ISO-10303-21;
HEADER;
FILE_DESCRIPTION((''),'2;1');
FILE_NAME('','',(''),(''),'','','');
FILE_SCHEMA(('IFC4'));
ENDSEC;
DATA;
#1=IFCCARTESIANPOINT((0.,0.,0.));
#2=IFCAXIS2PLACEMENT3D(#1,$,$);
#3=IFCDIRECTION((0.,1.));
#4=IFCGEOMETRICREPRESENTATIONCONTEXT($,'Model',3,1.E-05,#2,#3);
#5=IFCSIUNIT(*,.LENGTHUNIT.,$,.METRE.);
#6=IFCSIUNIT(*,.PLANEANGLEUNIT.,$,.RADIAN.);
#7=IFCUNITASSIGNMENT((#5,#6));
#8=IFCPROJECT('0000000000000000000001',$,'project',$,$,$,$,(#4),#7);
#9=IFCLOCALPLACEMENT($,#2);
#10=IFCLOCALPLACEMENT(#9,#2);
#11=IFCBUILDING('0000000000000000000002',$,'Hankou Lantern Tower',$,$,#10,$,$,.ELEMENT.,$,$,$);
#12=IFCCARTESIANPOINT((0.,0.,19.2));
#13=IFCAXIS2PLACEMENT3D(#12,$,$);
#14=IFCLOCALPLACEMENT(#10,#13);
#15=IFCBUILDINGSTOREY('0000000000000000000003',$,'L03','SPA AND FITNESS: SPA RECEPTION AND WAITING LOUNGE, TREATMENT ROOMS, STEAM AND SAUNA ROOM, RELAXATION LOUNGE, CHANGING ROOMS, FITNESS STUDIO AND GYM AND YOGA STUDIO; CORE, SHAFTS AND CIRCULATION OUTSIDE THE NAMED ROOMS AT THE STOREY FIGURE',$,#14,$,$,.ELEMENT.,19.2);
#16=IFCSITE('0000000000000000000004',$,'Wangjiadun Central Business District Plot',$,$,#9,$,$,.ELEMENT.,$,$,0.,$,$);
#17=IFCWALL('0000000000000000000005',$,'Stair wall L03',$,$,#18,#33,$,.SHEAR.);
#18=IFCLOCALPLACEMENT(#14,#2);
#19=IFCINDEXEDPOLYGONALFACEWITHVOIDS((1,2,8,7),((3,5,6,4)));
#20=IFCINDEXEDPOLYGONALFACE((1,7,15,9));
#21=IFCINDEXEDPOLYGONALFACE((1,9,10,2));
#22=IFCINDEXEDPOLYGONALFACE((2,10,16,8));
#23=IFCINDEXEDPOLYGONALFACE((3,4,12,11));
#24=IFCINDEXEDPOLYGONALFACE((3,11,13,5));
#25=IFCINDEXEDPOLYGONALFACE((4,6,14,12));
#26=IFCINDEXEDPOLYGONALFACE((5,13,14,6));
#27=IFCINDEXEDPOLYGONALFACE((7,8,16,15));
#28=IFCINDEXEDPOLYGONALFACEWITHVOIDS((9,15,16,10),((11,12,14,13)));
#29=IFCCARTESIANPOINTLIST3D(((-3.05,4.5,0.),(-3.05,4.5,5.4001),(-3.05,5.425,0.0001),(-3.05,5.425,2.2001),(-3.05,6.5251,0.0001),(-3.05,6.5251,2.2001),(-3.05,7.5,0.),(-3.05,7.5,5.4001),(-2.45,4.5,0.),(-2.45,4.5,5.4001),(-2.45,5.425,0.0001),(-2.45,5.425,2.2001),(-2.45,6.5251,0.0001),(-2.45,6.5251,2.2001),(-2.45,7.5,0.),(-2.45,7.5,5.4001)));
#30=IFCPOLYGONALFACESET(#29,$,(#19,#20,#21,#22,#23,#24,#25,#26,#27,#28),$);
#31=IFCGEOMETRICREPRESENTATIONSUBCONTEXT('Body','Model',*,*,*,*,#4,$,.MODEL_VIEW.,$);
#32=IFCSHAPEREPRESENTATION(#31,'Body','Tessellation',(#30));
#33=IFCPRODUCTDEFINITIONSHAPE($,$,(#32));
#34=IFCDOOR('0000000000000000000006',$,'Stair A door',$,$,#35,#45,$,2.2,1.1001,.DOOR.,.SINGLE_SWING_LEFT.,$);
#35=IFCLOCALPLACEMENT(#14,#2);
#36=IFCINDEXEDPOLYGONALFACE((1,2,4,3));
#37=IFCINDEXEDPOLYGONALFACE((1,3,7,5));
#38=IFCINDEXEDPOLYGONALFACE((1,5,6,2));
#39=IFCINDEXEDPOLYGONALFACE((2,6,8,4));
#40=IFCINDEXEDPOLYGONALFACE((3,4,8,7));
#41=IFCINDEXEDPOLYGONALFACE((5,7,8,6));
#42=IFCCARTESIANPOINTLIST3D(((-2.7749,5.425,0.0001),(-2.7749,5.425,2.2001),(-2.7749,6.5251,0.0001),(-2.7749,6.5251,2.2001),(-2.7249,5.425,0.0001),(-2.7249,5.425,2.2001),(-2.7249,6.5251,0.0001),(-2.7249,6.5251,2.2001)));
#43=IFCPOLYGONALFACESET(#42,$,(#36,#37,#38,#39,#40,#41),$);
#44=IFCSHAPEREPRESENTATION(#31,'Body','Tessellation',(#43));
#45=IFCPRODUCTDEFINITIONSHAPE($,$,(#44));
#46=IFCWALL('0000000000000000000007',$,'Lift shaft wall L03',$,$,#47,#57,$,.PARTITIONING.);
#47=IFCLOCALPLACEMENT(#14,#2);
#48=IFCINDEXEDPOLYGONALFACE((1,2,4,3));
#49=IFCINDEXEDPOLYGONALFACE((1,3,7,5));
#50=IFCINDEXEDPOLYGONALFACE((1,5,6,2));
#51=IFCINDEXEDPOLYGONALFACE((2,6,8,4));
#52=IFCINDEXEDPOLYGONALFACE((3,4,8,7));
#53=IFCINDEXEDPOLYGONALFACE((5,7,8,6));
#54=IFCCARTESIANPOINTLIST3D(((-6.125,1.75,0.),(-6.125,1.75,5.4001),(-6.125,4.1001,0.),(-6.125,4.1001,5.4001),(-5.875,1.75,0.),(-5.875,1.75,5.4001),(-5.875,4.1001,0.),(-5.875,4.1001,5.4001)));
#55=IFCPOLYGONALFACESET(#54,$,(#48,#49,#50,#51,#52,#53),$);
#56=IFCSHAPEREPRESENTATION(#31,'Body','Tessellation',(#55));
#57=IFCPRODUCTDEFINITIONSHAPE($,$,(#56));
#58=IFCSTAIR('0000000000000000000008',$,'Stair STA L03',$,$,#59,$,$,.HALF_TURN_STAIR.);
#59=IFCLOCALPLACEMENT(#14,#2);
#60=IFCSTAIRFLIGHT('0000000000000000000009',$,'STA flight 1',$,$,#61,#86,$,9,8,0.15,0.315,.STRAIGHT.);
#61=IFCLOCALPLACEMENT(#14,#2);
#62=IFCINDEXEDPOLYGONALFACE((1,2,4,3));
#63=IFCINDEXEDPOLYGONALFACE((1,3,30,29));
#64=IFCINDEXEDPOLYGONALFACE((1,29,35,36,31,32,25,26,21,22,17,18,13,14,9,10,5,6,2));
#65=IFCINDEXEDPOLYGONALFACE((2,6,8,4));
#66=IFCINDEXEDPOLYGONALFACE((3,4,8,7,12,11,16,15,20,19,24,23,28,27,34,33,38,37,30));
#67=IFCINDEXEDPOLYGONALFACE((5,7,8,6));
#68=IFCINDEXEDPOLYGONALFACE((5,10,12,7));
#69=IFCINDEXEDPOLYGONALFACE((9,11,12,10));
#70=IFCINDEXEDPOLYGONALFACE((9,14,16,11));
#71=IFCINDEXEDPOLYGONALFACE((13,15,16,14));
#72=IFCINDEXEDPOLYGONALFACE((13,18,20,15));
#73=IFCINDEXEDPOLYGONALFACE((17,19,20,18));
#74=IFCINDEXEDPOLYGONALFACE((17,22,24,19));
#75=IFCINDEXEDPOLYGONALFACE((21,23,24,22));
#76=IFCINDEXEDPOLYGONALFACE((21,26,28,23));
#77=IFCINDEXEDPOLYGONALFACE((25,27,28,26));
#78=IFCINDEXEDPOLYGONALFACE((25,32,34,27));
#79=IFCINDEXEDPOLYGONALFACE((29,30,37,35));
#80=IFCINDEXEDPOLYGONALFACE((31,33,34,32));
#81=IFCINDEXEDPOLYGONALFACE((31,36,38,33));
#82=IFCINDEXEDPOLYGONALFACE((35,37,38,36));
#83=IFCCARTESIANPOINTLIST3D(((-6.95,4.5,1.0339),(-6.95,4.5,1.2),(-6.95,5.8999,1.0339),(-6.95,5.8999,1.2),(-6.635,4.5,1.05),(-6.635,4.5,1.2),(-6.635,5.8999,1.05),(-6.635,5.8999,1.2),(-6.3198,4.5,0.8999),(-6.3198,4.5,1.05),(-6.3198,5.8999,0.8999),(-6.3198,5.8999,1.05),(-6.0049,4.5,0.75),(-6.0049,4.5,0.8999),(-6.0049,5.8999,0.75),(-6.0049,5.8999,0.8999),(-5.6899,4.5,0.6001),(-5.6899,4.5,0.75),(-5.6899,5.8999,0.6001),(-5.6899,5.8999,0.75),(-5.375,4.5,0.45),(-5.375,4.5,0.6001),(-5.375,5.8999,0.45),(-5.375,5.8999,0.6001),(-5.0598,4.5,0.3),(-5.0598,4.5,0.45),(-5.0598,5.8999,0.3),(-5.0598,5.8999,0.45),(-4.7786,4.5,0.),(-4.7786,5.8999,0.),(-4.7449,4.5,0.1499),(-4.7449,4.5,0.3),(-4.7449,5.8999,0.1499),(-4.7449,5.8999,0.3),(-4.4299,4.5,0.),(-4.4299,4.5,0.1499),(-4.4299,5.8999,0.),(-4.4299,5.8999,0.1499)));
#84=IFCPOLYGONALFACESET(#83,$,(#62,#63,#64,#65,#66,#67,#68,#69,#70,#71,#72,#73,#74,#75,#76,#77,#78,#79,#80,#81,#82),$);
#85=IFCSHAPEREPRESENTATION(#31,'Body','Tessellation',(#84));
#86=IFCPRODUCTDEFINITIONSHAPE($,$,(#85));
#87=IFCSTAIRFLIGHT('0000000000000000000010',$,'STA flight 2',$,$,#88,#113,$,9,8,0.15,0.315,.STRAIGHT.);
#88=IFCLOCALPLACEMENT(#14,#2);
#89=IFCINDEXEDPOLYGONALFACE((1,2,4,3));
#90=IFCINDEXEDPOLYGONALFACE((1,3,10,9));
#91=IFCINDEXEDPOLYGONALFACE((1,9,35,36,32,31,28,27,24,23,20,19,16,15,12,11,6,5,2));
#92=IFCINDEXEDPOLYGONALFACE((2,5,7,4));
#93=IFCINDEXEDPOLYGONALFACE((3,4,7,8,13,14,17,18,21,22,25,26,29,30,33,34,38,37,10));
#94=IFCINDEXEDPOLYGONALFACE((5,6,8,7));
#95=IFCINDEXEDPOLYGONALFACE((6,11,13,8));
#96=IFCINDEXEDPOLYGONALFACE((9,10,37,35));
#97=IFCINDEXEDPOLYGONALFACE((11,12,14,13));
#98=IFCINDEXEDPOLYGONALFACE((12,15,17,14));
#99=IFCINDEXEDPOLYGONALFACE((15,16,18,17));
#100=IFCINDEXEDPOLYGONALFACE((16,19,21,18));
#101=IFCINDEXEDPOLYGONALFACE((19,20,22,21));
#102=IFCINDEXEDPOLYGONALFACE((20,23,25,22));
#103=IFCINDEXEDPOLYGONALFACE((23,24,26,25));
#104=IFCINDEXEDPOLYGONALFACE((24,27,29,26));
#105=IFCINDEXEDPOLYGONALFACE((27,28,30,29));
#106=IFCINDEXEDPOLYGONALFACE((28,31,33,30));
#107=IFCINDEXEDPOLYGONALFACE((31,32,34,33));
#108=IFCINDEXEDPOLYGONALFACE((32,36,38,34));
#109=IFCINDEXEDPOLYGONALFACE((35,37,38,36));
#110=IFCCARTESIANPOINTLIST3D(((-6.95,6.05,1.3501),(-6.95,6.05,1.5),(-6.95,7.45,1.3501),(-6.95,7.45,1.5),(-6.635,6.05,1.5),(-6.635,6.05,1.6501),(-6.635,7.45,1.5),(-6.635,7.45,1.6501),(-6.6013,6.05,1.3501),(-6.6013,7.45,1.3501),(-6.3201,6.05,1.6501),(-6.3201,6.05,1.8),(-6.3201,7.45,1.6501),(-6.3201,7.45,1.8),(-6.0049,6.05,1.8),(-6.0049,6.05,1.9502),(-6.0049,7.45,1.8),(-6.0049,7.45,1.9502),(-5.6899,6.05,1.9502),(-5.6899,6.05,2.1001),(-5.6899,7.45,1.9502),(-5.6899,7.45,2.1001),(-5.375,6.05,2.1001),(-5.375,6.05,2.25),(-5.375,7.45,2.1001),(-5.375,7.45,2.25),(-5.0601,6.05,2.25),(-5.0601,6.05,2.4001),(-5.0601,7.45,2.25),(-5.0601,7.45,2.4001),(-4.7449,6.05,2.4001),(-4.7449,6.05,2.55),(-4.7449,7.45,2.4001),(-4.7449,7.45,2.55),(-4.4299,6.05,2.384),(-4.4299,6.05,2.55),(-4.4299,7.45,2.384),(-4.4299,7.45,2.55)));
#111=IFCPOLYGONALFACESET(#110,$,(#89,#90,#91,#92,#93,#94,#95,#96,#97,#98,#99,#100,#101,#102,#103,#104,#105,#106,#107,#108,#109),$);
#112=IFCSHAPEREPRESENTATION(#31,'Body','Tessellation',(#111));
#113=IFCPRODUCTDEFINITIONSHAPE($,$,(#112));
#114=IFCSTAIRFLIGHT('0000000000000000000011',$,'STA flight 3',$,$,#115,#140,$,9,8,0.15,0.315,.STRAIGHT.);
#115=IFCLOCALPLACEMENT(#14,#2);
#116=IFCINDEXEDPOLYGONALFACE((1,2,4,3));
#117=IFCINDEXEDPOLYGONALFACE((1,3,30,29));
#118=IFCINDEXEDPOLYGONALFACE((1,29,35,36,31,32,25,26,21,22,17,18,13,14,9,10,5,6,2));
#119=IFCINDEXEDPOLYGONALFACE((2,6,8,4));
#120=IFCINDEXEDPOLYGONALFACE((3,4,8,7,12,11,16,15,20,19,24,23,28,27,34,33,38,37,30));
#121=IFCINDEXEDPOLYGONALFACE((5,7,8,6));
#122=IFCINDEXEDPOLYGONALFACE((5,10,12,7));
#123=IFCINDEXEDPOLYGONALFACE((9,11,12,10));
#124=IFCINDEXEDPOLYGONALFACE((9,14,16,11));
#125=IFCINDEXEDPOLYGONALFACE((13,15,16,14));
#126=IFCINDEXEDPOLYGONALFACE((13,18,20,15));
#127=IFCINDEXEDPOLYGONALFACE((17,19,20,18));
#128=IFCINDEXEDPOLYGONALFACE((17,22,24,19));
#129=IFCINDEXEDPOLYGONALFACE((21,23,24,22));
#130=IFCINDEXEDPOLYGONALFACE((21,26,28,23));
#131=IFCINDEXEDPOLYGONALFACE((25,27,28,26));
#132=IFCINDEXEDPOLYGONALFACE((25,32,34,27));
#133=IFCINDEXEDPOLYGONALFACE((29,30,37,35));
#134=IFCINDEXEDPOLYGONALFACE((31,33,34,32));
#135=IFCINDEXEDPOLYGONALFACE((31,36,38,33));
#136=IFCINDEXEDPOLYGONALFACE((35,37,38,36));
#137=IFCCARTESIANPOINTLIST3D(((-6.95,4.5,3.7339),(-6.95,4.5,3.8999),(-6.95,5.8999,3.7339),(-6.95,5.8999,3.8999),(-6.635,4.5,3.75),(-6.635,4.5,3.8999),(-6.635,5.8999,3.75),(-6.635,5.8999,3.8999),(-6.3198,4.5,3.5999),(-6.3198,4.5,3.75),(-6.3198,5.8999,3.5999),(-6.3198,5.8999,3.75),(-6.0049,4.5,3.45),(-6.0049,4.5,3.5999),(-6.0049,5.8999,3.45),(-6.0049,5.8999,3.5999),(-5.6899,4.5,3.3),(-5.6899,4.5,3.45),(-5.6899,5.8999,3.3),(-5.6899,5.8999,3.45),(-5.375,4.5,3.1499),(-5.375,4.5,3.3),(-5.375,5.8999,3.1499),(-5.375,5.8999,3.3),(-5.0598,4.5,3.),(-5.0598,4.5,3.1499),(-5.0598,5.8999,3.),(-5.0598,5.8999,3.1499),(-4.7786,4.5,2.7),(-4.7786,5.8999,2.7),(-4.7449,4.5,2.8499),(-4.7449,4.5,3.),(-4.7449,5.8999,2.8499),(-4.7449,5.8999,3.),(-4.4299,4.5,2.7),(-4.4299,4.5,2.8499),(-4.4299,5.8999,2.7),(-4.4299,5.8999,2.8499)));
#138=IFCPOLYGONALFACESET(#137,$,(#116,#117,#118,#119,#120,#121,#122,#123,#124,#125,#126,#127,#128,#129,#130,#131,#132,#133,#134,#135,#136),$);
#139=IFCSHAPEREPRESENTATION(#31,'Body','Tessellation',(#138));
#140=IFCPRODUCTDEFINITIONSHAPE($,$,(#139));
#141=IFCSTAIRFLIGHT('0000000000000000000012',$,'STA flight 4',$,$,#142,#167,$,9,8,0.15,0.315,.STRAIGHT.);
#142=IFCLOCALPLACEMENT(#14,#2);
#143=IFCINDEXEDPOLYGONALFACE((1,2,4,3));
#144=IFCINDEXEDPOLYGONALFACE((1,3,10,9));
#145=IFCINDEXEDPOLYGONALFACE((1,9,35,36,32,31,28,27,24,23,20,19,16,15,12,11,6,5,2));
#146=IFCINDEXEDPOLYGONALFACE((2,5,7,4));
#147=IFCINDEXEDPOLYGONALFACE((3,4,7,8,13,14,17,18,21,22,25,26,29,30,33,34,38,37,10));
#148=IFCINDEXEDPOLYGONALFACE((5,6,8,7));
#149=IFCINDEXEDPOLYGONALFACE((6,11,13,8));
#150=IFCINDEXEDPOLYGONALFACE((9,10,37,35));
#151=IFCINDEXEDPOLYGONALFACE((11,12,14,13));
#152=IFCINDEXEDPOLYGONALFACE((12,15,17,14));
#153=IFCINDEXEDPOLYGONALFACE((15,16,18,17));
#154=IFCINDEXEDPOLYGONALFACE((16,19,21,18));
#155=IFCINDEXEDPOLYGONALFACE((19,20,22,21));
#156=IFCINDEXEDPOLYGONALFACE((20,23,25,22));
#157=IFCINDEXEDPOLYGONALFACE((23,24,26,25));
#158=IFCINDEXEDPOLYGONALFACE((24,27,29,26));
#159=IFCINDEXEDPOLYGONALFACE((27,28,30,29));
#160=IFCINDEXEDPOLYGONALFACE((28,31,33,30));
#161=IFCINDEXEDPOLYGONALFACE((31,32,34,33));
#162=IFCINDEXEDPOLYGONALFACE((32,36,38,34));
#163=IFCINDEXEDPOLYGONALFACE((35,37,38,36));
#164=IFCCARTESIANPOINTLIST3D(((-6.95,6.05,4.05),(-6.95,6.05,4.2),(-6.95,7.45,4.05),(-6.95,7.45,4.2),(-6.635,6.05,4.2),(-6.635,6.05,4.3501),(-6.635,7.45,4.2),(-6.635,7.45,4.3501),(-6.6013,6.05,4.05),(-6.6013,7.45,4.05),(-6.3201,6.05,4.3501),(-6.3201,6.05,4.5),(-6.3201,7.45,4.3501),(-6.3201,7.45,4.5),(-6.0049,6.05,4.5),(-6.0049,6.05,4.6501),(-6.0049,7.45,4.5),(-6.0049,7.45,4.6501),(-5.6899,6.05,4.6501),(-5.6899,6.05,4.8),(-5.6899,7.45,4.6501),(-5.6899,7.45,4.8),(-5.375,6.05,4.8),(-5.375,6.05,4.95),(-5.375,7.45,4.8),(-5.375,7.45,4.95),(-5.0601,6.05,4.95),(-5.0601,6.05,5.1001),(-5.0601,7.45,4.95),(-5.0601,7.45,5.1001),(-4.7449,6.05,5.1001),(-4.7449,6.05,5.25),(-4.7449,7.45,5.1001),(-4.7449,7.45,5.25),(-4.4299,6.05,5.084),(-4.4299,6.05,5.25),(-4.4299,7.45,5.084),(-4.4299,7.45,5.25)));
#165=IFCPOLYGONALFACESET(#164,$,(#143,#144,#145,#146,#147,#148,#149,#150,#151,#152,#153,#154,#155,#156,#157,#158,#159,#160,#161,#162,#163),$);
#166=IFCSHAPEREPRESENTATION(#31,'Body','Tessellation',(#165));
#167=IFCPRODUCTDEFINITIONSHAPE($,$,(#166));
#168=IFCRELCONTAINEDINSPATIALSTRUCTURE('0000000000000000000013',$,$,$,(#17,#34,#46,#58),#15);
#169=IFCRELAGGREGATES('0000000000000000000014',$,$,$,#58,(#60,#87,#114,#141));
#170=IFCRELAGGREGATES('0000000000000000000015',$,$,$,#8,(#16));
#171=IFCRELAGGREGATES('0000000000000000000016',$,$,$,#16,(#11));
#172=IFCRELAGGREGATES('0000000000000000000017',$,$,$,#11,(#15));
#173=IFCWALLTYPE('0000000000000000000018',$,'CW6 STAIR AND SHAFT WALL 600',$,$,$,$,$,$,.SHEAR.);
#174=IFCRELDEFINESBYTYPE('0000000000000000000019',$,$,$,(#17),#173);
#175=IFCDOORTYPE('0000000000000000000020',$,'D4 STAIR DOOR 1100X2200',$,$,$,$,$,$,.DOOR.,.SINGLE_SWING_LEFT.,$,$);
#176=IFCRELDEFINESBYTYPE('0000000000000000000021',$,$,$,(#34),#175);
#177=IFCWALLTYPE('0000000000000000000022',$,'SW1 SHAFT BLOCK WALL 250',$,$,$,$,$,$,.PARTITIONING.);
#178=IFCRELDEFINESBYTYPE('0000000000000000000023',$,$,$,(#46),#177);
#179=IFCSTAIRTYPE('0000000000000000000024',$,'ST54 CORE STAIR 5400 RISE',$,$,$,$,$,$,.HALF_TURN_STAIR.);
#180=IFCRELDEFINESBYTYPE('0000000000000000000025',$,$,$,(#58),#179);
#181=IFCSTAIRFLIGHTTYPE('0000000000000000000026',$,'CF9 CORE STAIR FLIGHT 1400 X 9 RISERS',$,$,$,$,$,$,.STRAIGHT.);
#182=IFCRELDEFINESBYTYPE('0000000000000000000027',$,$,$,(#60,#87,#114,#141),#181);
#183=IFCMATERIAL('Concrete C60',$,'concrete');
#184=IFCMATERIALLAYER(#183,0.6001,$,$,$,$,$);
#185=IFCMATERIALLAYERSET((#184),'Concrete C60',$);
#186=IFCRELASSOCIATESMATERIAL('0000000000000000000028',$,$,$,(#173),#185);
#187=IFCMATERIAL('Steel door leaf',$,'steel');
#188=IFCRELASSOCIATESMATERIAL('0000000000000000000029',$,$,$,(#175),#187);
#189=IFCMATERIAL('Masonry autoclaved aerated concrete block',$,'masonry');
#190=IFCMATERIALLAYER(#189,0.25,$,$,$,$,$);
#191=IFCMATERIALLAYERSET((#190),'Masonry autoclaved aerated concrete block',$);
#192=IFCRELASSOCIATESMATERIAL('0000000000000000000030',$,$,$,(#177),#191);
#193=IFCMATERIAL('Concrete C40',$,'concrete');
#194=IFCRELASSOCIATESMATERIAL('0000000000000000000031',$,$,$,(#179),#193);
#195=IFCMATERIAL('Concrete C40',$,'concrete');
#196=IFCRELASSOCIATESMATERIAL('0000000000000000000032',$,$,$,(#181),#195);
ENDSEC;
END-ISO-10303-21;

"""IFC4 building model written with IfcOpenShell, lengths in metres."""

from ifc_helpers import new_model, si_unit, direction, frame, frame_2d, origin, place, context, subcontext, project, spatial, polyline, rectangle, outline, extrude, material, layer, layer_set, type_object, element, fill, aggregate, save


model = new_model("IFC4")

# Units and contexts
model_context = context("Model", 3, precision=1e-05, world=origin(), true_north=direction((0.0, 1.0)))
body_context = subcontext(model_context, "Body", "Model", "MODEL_VIEW")
ifc_project = project(units=[si_unit("LENGTHUNIT", "METRE"), si_unit("PLANEANGLEUNIT", "RADIAN")], contexts=[model_context])

# Site, building, storey
site_placement = place(None, origin())
site = spatial("IfcSite", under=ifc_project, at=site_placement, Name="Wangjiadun Central Business District Plot", CompositionType="ELEMENT", RefElevation=0.0)
building_placement = place(site_placement, origin())
building = spatial("IfcBuilding", under=site, at=building_placement, Name="Hankou Lantern Tower", CompositionType="ELEMENT")
storey_placement = place(building_placement, frame((0.0, 0.0, 19.2)))
storey = spatial("IfcBuildingStorey", under=building, at=storey_placement, Name="L03", Description="SPA AND FITNESS: SPA RECEPTION AND WAITING LOUNGE, TREATMENT ROOMS, STEAM AND SAUNA ROOM, RELAXATION LOUNGE, CHANGING ROOMS, FITNESS STUDIO AND GYM AND YOGA STUDIO; CORE, SHAFTS AND CIRCULATION OUTSIDE THE NAMED ROOMS AT THE STOREY FIGURE", CompositionType="ELEMENT", Elevation=19.2)

# Wall, opening, door
ifc_material_1 = material(Name="Concrete C60", Category="concrete")
ifc_layer_1 = layer(ifc_material_1, 0.6001)
ifc_layer_set_1 = layer_set([ifc_layer_1], Name="Concrete C60")
wall_type_1 = type_object("IfcWallType", Name="CW6 STAIR AND SHAFT WALL 600", PredefinedType="SHEAR", material=ifc_layer_set_1)
wall_1_placement = place(storey_placement, frame((-2.75, 4.5, 0.0), z_axis=(0.0, 0.0, 1.0), x_axis=(0.0, 1.0, 0.0)))
wall_1 = element("IfcWall", 1, at=wall_1_placement, inside=storey, type_object=wall_type_1, Name="Stair wall L03", PredefinedType="SHEAR", context=body_context, shape_type="SweptSolid", body=[
    extrude(rectangle(XDim=3.0, YDim=0.6001, at=frame_2d((1.5, 0.0))), origin(), (0.0, 0.0, 1.0), 5.4001),
])
opening_1_placement = place(wall_1_placement, frame((0.925, 0.0, 0.0)))
opening_1 = element("IfcOpeningElement", 2, at=opening_1_placement, cuts=wall_1, PredefinedType="OPENING", context=body_context, shape_type="SweptSolid", body=[
    extrude(rectangle(XDim=1.1001, YDim=2.2, at=frame_2d((0.55, 1.1001))), frame((0.0, 0.3101, 0.0), z_axis=(0.0, -1.0, 0.0), x_axis=(1.0, 0.0, 0.0)), (0.0, 0.0, 1.0), 0.6201),
])
ifc_material_2 = material(Name="Steel door leaf", Category="steel")
door_type_1 = type_object("IfcDoorType", Name="D4 STAIR DOOR 1100X2200", OperationType="SINGLE_SWING_LEFT", PredefinedType="DOOR", material=ifc_material_2)
door_1_placement = place(opening_1_placement, origin())
door_1 = element("IfcDoor", 3, at=door_1_placement, inside=storey, type_object=door_type_1, Name="Stair A door", OperationType="SINGLE_SWING_LEFT", OverallHeight=2.2, OverallWidth=1.1001, PredefinedType="DOOR", context=body_context, shape_type="SweptSolid", body=[
    extrude(rectangle(XDim=1.1001, YDim=2.2, at=frame_2d((0.55, 1.1001))), frame((0.0, 0.0249, 0.0), z_axis=(0.0, -1.0, 0.0), x_axis=(1.0, 0.0, 0.0)), (0.0, 0.0, 1.0), 0.05),
])
fill(opening_1, door_1)

# Wall
ifc_material_3 = material(Name="Masonry autoclaved aerated concrete block", Category="masonry")
ifc_layer_2 = layer(ifc_material_3, 0.25)
ifc_layer_set_2 = layer_set([ifc_layer_2], Name="Masonry autoclaved aerated concrete block")
wall_type_2 = type_object("IfcWallType", Name="SW1 SHAFT BLOCK WALL 250", PredefinedType="PARTITIONING", material=ifc_layer_set_2)
wall_2_placement = place(storey_placement, frame((-6.0, 1.75, 0.0), z_axis=(0.0, 0.0, 1.0), x_axis=(0.0, 1.0, 0.0)))
element("IfcWall", 4, at=wall_2_placement, inside=storey, type_object=wall_type_2, Name="Lift shaft wall L03", PredefinedType="PARTITIONING", context=body_context, shape_type="SweptSolid", body=[
    extrude(rectangle(XDim=2.3501, YDim=0.25, at=frame_2d((1.175, 0.0))), origin(), (0.0, 0.0, 1.0), 5.4001),
])

# Stair, stair flights
ifc_material_4 = material(Name="Concrete C40", Category="concrete")
stair_type = type_object("IfcStairType", Name="ST54 CORE STAIR 5400 RISE", PredefinedType="HALF_TURN_STAIR", material=ifc_material_4)
stair_placement = place(storey_placement, origin())
stair = element("IfcStair", 5, at=stair_placement, inside=storey, type_object=stair_type, Name="Stair STA L03", PredefinedType="HALF_TURN_STAIR")
ifc_material_5 = material(Name="Concrete C40", Category="concrete")
stair_flight_type = type_object("IfcStairFlightType", Name="CF9 CORE STAIR FLIGHT 1400 X 9 RISERS", PredefinedType="STRAIGHT", material=ifc_material_5)
stair_flight_1_placement = place(storey_placement, frame((-4.4299, 5.2, 0.0), z_axis=(0.0, 0.0, 1.0), x_axis=(-1.0, 0.0, 0.0)))
stair_flight_1 = element("IfcStairFlight", 6, at=stair_flight_1_placement, type_object=stair_flight_type, Name="STA flight 1", NumberOfRisers=9, NumberOfTreads=8, PredefinedType="STRAIGHT", RiserHeight=0.15, TreadLength=0.315, context=body_context, shape_type="SweptSolid", body=[
    extrude(outline(polyline([(0.0, 0.0), (0.0, 0.1499), (0.3149, 0.1499), (0.3149, 0.3), (0.6299, 0.3), (0.6299, 0.45), (0.9451, 0.45), (0.9451, 0.6001), (1.26, 0.6001), (1.26, 0.75), (1.575, 0.75), (1.575, 0.8999), (1.8899, 0.8999), (1.8899, 1.05), (2.2051, 1.05), (2.2051, 1.2), (2.52, 1.2), (2.52, 1.3501), (2.52, 1.0339), (0.3486, 0.0), (0.0, 0.0)])), frame((0.0, 0.7, 0.0), z_axis=(0.0, -1.0, 0.0), x_axis=(1.0, 0.0, 0.0)), (0.0, 0.0, 1.0), 1.3999),
])
stair_flight_2_placement = place(storey_placement, frame((-6.95, 6.75, 1.3501), z_axis=(0.0, 0.0, 1.0), x_axis=(1.0, 0.0, 0.0)))
stair_flight_2 = element("IfcStairFlight", 7, at=stair_flight_2_placement, type_object=stair_flight_type, Name="STA flight 2", NumberOfRisers=9, NumberOfTreads=8, PredefinedType="STRAIGHT", RiserHeight=0.15, TreadLength=0.315, context=body_context, shape_type="SweptSolid", body=[
    extrude(outline(polyline([(0.0, 0.0), (0.0, 0.1499), (0.3149, 0.1499), (0.3149, 0.3), (0.6299, 0.3), (0.6299, 0.45), (0.9451, 0.45), (0.9451, 0.6001), (1.26, 0.6001), (1.26, 0.75), (1.575, 0.75), (1.575, 0.8999), (1.8899, 0.8999), (1.8899, 1.05), (2.2051, 1.05), (2.2051, 1.2), (2.52, 1.2), (2.52, 1.3501), (2.52, 1.0339), (0.3486, 0.0), (0.0, 0.0)])), frame((0.0, 0.7, 0.0), z_axis=(0.0, -1.0, 0.0), x_axis=(1.0, 0.0, 0.0)), (0.0, 0.0, 1.0), 1.3999),
])
stair_flight_3_placement = place(storey_placement, frame((-4.4299, 5.2, 2.7), z_axis=(0.0, 0.0, 1.0), x_axis=(-1.0, 0.0, 0.0)))
stair_flight_3 = element("IfcStairFlight", 8, at=stair_flight_3_placement, type_object=stair_flight_type, Name="STA flight 3", NumberOfRisers=9, NumberOfTreads=8, PredefinedType="STRAIGHT", RiserHeight=0.15, TreadLength=0.315, context=body_context, shape_type="SweptSolid", body=[
    extrude(outline(polyline([(0.0, 0.0), (0.0, 0.1499), (0.3149, 0.1499), (0.3149, 0.3), (0.6299, 0.3), (0.6299, 0.45), (0.9451, 0.45), (0.9451, 0.6001), (1.26, 0.6001), (1.26, 0.75), (1.575, 0.75), (1.575, 0.8999), (1.8899, 0.8999), (1.8899, 1.05), (2.2051, 1.05), (2.2051, 1.2), (2.52, 1.2), (2.52, 1.3501), (2.52, 1.0339), (0.3486, 0.0), (0.0, 0.0)])), frame((0.0, 0.7, 0.0), z_axis=(0.0, -1.0, 0.0), x_axis=(1.0, 0.0, 0.0)), (0.0, 0.0, 1.0), 1.3999),
])
stair_flight_4_placement = place(storey_placement, frame((-6.95, 6.75, 4.05), z_axis=(0.0, 0.0, 1.0), x_axis=(1.0, 0.0, 0.0)))
stair_flight_4 = element("IfcStairFlight", 9, at=stair_flight_4_placement, type_object=stair_flight_type, Name="STA flight 4", NumberOfRisers=9, NumberOfTreads=8, PredefinedType="STRAIGHT", RiserHeight=0.15, TreadLength=0.315, context=body_context, shape_type="SweptSolid", body=[
    extrude(outline(polyline([(0.0, 0.0), (0.0, 0.1499), (0.3149, 0.1499), (0.3149, 0.3), (0.6299, 0.3), (0.6299, 0.45), (0.9451, 0.45), (0.9451, 0.6001), (1.26, 0.6001), (1.26, 0.75), (1.575, 0.75), (1.575, 0.8999), (1.8899, 0.8999), (1.8899, 1.05), (2.2051, 1.05), (2.2051, 1.2), (2.52, 1.2), (2.52, 1.3501), (2.52, 1.0339), (0.3486, 0.0), (0.0, 0.0)])), frame((0.0, 0.7, 0.0), z_axis=(0.0, -1.0, 0.0), x_axis=(1.0, 0.0, 0.0)), (0.0, 0.0, 1.0), 1.3999),
])
aggregate(stair, [stair_flight_1, stair_flight_2, stair_flight_3, stair_flight_4])

save(model, "model.ifc")
